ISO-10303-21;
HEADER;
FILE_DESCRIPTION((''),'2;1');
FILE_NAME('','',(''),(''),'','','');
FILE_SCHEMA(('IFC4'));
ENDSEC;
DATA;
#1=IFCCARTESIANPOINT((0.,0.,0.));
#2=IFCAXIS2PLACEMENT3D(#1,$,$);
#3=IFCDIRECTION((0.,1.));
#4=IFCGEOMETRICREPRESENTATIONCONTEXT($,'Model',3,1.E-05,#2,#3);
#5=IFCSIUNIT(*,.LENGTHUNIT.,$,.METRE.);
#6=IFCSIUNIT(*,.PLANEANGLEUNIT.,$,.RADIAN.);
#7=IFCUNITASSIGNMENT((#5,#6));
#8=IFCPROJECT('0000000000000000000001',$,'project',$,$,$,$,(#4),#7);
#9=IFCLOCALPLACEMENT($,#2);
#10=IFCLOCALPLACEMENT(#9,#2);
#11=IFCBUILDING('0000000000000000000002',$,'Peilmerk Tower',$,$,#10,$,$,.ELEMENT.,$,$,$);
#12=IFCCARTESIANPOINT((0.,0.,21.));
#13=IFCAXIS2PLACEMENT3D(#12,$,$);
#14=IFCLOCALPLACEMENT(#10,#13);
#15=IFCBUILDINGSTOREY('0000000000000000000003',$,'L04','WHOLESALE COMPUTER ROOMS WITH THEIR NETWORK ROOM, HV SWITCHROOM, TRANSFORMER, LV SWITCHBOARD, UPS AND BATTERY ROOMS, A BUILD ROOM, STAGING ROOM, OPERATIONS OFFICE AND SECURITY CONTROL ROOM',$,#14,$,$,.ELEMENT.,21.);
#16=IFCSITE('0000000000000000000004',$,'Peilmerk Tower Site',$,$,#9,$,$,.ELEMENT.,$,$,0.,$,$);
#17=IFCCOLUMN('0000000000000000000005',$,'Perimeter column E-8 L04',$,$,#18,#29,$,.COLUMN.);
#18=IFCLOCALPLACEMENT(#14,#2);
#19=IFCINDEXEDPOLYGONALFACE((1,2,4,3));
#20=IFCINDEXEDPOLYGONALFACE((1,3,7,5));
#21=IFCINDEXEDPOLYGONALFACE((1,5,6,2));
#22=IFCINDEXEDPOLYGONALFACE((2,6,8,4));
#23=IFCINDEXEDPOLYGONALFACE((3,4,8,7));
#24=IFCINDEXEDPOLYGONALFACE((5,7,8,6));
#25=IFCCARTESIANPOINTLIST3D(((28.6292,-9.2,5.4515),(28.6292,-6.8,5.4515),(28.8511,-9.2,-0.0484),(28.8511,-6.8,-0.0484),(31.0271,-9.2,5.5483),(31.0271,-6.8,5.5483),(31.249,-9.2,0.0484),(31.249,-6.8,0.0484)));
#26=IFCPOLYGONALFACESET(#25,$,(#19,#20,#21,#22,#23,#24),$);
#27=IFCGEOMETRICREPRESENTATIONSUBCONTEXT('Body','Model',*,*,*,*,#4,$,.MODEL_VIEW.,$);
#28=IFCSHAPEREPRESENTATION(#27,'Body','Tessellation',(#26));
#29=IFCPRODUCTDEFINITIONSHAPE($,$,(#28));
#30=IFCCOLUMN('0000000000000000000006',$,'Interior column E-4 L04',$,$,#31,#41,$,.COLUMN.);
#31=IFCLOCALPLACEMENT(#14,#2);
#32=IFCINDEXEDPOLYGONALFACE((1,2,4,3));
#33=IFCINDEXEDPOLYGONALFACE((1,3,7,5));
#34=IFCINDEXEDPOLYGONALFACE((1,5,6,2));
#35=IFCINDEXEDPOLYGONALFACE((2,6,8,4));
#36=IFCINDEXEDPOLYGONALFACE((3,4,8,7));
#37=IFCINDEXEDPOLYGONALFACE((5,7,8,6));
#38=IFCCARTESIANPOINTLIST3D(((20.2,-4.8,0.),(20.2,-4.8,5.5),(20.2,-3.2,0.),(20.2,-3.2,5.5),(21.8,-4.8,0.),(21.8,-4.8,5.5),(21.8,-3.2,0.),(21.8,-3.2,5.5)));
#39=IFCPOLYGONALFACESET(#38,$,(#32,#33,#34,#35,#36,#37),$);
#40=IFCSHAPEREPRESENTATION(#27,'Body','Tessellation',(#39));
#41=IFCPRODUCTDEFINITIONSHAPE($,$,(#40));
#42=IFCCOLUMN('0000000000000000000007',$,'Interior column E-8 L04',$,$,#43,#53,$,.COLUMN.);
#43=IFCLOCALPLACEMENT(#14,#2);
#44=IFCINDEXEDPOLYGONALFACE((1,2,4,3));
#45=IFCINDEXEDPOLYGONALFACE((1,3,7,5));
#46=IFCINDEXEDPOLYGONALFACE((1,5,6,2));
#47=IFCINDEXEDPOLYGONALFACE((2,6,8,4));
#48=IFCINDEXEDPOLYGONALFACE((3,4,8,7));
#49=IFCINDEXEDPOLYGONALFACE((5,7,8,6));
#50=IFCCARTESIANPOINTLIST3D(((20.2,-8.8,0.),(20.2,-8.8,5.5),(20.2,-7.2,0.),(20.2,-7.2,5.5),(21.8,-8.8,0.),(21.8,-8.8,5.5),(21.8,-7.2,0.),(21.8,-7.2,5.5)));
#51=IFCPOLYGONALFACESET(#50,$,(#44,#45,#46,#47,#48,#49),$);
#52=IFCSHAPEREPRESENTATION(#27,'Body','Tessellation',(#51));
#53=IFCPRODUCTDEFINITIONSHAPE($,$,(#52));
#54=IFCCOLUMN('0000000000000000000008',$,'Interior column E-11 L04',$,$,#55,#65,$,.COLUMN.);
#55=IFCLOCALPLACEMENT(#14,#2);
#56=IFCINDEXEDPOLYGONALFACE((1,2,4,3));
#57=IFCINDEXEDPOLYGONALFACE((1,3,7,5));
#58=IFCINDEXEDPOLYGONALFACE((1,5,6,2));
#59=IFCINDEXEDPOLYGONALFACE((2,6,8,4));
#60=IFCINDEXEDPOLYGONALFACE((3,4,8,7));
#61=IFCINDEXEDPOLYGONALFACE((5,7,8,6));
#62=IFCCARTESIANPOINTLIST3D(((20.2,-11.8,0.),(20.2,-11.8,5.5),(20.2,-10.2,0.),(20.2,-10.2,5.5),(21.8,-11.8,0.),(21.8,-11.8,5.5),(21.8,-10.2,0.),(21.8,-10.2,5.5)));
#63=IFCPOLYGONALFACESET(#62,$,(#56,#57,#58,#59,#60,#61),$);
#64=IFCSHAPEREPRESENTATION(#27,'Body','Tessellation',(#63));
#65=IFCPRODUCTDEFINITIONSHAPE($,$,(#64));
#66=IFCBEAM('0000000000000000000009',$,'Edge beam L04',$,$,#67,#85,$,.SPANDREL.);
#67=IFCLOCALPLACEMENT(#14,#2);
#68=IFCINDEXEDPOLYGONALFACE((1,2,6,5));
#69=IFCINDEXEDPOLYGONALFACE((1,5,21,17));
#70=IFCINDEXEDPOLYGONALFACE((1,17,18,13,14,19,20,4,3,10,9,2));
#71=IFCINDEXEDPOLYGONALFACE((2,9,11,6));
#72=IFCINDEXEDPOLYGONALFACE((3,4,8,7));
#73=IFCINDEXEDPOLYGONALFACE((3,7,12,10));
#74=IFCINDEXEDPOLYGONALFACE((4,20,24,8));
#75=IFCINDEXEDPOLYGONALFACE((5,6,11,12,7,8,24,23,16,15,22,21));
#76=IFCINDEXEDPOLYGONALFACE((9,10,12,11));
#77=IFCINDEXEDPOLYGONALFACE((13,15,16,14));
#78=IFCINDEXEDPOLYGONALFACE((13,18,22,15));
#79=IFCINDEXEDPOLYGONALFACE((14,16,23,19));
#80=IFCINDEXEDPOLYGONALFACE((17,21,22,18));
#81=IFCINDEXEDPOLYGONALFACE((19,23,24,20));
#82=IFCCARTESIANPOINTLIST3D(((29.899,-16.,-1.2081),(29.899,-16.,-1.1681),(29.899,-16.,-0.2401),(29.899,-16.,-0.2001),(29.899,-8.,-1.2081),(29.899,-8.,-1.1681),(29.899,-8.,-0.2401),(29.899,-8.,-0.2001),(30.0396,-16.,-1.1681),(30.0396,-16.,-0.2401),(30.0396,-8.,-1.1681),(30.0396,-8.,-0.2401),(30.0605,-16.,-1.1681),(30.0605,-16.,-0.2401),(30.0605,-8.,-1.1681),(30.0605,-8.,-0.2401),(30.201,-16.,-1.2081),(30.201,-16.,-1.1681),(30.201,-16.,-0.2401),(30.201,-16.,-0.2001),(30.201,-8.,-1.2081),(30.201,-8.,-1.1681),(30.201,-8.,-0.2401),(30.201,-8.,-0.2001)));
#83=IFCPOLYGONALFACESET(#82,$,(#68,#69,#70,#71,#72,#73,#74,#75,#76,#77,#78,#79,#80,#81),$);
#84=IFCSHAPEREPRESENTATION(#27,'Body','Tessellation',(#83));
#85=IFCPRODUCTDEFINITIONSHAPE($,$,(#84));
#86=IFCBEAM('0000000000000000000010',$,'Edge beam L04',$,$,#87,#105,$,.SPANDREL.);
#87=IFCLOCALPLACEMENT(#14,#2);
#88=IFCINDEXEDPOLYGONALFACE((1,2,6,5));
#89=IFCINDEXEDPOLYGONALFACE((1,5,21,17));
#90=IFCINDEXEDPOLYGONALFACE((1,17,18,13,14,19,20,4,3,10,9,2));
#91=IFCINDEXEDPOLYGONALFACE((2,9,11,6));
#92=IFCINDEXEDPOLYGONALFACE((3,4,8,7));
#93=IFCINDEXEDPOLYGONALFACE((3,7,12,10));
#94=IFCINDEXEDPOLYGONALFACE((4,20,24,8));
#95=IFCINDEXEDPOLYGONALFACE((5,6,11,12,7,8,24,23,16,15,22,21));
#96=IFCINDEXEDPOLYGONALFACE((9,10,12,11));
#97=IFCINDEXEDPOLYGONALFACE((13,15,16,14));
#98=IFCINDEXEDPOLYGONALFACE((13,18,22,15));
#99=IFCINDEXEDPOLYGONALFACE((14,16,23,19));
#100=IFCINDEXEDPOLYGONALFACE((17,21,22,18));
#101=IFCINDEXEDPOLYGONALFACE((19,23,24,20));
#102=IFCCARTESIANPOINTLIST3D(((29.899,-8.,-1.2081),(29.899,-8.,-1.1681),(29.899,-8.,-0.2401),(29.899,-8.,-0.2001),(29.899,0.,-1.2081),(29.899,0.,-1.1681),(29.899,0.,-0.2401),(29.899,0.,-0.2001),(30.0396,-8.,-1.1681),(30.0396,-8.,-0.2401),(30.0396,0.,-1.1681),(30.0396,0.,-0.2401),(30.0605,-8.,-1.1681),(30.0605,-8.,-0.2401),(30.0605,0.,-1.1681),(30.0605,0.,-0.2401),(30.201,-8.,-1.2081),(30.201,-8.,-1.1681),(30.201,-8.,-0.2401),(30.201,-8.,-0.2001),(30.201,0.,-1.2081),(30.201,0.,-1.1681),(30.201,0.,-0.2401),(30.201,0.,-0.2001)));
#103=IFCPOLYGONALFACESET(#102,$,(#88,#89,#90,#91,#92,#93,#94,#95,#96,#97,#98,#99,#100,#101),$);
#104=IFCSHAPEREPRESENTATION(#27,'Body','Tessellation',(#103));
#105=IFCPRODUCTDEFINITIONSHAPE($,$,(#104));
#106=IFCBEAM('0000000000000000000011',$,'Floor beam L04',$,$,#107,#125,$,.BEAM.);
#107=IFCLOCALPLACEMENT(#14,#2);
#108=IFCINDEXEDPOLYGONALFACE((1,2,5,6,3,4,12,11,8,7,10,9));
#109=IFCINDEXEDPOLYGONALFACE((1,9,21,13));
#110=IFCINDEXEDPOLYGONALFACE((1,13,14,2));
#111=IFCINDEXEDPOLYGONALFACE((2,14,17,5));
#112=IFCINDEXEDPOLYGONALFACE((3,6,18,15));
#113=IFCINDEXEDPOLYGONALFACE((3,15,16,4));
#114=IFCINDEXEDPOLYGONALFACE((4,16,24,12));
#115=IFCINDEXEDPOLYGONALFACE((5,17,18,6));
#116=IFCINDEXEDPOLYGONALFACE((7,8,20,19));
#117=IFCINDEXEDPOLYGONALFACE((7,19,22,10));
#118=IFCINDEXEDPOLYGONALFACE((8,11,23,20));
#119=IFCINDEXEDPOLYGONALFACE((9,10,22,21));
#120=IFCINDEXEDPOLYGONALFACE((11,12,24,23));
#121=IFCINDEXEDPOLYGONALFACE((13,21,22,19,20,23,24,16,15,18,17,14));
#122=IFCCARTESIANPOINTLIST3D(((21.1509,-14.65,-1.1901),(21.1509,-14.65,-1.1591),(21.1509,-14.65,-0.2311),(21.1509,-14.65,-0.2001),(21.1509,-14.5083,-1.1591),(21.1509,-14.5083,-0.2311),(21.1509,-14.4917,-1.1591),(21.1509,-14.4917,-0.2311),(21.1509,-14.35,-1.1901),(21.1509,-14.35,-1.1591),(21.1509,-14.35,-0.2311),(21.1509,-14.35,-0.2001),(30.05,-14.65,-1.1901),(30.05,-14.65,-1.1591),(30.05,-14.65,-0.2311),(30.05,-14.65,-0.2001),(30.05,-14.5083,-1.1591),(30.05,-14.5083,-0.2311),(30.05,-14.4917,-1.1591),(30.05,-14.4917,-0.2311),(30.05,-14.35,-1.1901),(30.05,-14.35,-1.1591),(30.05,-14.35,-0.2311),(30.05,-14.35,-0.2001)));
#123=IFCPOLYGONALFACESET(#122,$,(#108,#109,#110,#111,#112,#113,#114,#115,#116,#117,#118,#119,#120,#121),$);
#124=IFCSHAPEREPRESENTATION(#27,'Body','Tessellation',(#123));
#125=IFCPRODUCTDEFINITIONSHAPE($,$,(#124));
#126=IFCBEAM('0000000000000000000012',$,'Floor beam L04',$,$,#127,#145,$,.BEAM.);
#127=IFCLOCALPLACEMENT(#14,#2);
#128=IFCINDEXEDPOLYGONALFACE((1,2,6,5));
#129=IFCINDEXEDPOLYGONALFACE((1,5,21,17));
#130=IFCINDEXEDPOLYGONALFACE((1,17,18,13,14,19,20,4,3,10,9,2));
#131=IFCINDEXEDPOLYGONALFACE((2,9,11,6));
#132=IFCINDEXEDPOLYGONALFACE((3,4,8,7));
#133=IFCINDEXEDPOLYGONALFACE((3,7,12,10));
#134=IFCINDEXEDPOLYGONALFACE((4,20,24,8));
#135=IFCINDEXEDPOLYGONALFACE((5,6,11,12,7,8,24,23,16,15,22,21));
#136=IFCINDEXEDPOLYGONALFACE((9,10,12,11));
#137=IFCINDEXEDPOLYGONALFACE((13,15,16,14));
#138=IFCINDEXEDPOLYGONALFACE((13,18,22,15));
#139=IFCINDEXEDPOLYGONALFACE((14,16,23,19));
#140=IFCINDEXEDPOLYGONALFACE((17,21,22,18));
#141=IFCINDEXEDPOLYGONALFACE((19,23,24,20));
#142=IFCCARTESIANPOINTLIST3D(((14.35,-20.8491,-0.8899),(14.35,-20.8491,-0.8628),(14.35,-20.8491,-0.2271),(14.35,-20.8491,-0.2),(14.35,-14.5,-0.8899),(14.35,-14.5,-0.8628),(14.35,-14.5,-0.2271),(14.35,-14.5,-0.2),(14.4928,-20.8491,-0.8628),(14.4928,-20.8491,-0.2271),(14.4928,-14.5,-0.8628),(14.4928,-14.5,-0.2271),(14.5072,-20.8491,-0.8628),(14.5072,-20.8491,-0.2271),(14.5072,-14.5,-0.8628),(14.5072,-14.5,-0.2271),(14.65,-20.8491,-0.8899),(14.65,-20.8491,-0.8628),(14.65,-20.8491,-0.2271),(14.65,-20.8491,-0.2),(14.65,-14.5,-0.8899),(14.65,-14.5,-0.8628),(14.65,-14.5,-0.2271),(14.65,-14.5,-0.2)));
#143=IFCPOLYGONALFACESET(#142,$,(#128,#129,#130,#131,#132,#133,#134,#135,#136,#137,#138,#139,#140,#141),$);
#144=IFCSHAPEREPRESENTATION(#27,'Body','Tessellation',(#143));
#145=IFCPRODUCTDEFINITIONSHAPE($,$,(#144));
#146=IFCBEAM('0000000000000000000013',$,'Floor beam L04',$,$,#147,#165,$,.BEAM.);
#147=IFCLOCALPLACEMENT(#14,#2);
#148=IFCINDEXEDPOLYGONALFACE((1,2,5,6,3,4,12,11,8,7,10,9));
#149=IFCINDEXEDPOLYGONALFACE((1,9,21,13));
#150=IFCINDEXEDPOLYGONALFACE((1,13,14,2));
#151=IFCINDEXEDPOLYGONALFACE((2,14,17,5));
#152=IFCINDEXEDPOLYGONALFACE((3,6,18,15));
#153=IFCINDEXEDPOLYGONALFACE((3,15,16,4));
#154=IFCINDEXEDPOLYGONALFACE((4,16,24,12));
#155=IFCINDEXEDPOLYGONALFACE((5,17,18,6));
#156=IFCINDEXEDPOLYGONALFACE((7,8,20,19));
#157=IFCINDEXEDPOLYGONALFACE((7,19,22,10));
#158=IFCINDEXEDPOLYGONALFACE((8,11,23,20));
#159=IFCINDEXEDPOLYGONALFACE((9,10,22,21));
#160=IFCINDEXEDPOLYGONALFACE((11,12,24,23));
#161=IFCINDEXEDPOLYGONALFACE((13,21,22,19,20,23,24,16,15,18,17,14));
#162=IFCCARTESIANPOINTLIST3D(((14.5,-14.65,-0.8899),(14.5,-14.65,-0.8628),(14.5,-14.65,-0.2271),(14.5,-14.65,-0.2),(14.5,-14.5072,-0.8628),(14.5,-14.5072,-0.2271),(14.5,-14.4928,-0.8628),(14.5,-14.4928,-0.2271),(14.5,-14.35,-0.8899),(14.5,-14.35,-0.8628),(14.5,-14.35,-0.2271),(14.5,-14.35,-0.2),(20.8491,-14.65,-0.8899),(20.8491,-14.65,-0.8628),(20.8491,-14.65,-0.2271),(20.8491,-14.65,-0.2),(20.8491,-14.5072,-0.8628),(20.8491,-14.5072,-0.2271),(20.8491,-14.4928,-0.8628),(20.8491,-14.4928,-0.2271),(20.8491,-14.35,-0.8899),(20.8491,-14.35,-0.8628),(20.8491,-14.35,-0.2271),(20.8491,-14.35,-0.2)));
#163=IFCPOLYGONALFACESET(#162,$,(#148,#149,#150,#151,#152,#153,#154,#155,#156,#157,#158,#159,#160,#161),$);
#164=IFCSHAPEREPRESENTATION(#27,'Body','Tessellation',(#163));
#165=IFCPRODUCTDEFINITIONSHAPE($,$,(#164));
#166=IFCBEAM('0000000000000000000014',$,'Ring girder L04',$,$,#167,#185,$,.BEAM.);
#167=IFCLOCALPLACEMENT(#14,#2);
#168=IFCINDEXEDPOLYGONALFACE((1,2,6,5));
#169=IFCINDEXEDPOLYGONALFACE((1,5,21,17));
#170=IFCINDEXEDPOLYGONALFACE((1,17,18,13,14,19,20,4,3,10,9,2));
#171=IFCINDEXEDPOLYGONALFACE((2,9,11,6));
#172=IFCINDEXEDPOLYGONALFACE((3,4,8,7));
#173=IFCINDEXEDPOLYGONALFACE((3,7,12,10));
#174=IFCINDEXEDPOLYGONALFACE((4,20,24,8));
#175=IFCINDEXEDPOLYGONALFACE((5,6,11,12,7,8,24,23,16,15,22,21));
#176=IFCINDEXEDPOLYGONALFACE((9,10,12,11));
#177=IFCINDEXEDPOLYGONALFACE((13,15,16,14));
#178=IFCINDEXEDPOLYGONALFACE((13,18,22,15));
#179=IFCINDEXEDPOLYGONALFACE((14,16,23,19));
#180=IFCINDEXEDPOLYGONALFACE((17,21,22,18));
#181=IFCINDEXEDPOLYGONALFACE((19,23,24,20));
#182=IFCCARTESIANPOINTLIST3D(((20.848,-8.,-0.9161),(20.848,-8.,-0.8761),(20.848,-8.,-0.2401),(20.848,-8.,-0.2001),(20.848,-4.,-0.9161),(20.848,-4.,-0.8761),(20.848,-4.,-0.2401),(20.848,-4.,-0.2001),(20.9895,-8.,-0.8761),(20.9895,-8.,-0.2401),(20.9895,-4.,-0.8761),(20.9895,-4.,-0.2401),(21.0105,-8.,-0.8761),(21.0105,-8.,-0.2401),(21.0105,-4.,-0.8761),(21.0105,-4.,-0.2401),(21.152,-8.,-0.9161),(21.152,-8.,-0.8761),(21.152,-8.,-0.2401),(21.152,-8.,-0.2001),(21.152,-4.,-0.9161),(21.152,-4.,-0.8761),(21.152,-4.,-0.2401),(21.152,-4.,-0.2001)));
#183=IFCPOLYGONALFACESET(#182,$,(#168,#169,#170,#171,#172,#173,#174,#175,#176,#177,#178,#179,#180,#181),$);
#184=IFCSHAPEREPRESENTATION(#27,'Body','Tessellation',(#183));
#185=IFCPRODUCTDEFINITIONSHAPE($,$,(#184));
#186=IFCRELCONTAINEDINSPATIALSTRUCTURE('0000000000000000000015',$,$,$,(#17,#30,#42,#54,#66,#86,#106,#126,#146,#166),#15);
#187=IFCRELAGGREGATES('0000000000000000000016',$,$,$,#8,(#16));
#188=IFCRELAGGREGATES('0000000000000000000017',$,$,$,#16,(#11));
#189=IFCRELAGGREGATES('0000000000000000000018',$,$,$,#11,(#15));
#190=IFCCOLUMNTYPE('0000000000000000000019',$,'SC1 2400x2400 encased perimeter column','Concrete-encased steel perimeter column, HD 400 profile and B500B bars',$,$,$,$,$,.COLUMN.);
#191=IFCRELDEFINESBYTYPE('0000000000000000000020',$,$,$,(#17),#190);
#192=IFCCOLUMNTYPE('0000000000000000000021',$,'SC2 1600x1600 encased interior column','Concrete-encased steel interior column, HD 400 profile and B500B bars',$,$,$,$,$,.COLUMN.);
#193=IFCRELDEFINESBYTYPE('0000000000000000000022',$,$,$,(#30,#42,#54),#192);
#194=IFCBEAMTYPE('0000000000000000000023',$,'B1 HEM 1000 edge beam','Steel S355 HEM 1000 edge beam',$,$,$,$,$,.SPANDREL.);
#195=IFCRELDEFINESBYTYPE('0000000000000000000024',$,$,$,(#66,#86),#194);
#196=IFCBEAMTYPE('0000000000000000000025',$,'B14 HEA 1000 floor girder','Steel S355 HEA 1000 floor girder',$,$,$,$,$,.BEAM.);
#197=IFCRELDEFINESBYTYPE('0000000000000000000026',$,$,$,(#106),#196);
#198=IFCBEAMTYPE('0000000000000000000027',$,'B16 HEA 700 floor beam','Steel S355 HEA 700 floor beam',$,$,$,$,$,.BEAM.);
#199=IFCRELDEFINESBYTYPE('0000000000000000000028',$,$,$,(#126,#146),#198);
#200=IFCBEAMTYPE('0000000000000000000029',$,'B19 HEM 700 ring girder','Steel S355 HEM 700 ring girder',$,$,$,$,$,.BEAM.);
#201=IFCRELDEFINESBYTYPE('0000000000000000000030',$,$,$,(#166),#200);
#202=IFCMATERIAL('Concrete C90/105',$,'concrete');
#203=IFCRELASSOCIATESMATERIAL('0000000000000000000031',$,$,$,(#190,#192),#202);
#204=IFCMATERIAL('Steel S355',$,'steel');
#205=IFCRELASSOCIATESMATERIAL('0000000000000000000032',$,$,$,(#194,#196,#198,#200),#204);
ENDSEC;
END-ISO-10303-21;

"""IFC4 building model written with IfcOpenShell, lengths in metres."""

from ifc_helpers import new_model, si_unit, direction, frame, origin, origin_2d, place, context, subcontext, project, spatial, rectangle, i_section, extrude, material, material_profile, profile_set, type_object, element, save


model = new_model("IFC4")

# Units and contexts
model_context = context("Model", 3, precision=1e-05, world=origin(), true_north=direction((0.0, 1.0)))
body_context = subcontext(model_context, "Body", "Model", "MODEL_VIEW")
ifc_project = project(units=[si_unit("LENGTHUNIT", "METRE"), si_unit("PLANEANGLEUNIT", "RADIAN")], contexts=[model_context])

# Site, building, storey
site_placement = place(None, origin())
site = spatial("IfcSite", under=ifc_project, at=site_placement, Name="Peilmerk Tower Site", CompositionType="ELEMENT", RefElevation=0.0)
building_placement = place(site_placement, origin())
building = spatial("IfcBuilding", under=site, at=building_placement, Name="Peilmerk Tower", CompositionType="ELEMENT")
storey_placement = place(building_placement, frame((0.0, 0.0, 21.0)))
storey = spatial("IfcBuildingStorey", under=building, at=storey_placement, Name="L04", Description="WHOLESALE COMPUTER ROOMS WITH THEIR NETWORK ROOM, HV SWITCHROOM, TRANSFORMER, LV SWITCHBOARD, UPS AND BATTERY ROOMS, A BUILD ROOM, STAGING ROOM, OPERATIONS OFFICE AND SECURITY CONTROL ROOM", CompositionType="ELEMENT", Elevation=21.0)

# Columns
ifc_material_1 = material(Name="Concrete C90/105", Category="concrete")
ifc_material_profile_1 = material_profile(ifc_material_1, rectangle(XDim=2.3999, YDim=2.3999, at=origin_2d()), Name="RC 2400x2400")
ifc_profile_set_1 = profile_set([ifc_material_profile_1], Name="Concrete C90/105")
column_type_1 = type_object("IfcColumnType", Name="SC1 2400x2400 encased perimeter column", Description="Concrete-encased steel perimeter column, HD 400 profile and B500B bars", PredefinedType="COLUMN", material=ifc_profile_set_1)
column_placement = place(storey_placement, frame((30.05, -8.0, 0.0), z_axis=(-0.040317, 0.0, 0.999187), x_axis=(0.0, -1.0, 0.0)))
element("IfcColumn", 1, at=column_placement, inside=storey, type_object=column_type_1, Name="Perimeter column E-8 L04", PredefinedType="COLUMN", context=body_context, shape_type="SweptSolid", body=[
    extrude(rectangle(XDim=2.3999, YDim=2.3999, at=origin_2d()), origin(), (0.0, 0.0, 1.0), 5.5044),
])
ifc_material_profile_2 = material_profile(ifc_material_1, rectangle(XDim=1.6001, YDim=1.6001, at=origin_2d()), Name="RC 1600x1600")
ifc_profile_set_2 = profile_set([ifc_material_profile_2], Name="Concrete C90/105")
column_type_2 = type_object("IfcColumnType", Name="SC2 1600x1600 encased interior column", Description="Concrete-encased steel interior column, HD 400 profile and B500B bars", PredefinedType="COLUMN", material=ifc_profile_set_2)
for number, where, z_axis, x_axis, name in (
    (2, (21.0, -4.0, 0.0), (0.0, 0.0, 1.0), (1.0, 0.0, 0.0), "Interior column E-4 L04"),
    (3, (21.0, -8.0, 0.0), (0.0, 0.0, 1.0), (1.0, 0.0, 0.0), "Interior column E-8 L04"),
    (4, (21.0, -11.0, 0.0), (0.0, 0.0, 1.0), (1.0, 0.0, 0.0), "Interior column E-11 L04"),
):
    element("IfcColumn", number, at=place(storey_placement, frame(where, z_axis=z_axis, x_axis=x_axis)), inside=storey, type_object=column_type_2, Name=name, PredefinedType="COLUMN", context=body_context, shape_type="SweptSolid", body=[
        extrude(rectangle(XDim=1.6001, YDim=1.6001, at=origin_2d()), origin(), (0.0, 0.0, 1.0), 5.5),
    ])

# Beams
ifc_material_2 = material(Name="Steel S355", Category="steel")
ifc_material_profile_3 = material_profile(ifc_material_2, i_section(OverallWidth=0.302, OverallDepth=1.0081, WebThickness=0.021, FlangeThickness=0.04, at=origin_2d()), Name="HEM 1000")
ifc_profile_set_3 = profile_set([ifc_material_profile_3], Name="Steel S355")
beam_type_1 = type_object("IfcBeamType", Name="B1 HEM 1000 edge beam", Description="Steel S355 HEM 1000 edge beam", PredefinedType="SPANDREL", material=ifc_profile_set_3)
for number, where, z_axis, x_axis, name in (
    (5, (30.05, -16.0, -0.7041), (0.0, 1.0, 0.0), (-1.0, 0.0, 0.0), "Edge beam L04"),
    (6, (30.05, -8.0, -0.7041), (0.0, 1.0, 0.0), (-1.0, 0.0, 0.0), "Edge beam L04"),
):
    element("IfcBeam", number, at=place(storey_placement, frame(where, z_axis=z_axis, x_axis=x_axis)), inside=storey, type_object=beam_type_1, Name=name, PredefinedType="SPANDREL", context=body_context, shape_type="SweptSolid", body=[
        extrude(i_section(OverallWidth=0.302, OverallDepth=1.0081, WebThickness=0.021, FlangeThickness=0.04, at=origin_2d()), origin(), (0.0, 0.0, 1.0), 8.0),
    ])
ifc_material_profile_4 = material_profile(ifc_material_2, i_section(OverallWidth=0.3, OverallDepth=0.99, WebThickness=0.0166, FlangeThickness=0.031, at=origin_2d()), Name="HEA 1000")
ifc_profile_set_4 = profile_set([ifc_material_profile_4], Name="Steel S355")
beam_type_2 = type_object("IfcBeamType", Name="B14 HEA 1000 floor girder", Description="Steel S355 HEA 1000 floor girder", PredefinedType="BEAM", material=ifc_profile_set_4)
beam_1_placement = place(storey_placement, frame((21.1509, -14.5, -0.6951), z_axis=(1.0, 0.0, 0.0), x_axis=(0.0, 1.0, 0.0)))
element("IfcBeam", 7, at=beam_1_placement, inside=storey, type_object=beam_type_2, Name="Floor beam L04", PredefinedType="BEAM", context=body_context, shape_type="SweptSolid", body=[
    extrude(i_section(OverallWidth=0.3, OverallDepth=0.99, WebThickness=0.0166, FlangeThickness=0.031, at=origin_2d()), origin(), (0.0, 0.0, 1.0), 8.8992),
])
ifc_material_profile_5 = material_profile(ifc_material_2, i_section(OverallWidth=0.3, OverallDepth=0.6899, WebThickness=0.0144, FlangeThickness=0.0271, at=origin_2d()), Name="HEA 700")
ifc_profile_set_5 = profile_set([ifc_material_profile_5], Name="Steel S355")
beam_type_3 = type_object("IfcBeamType", Name="B16 HEA 700 floor beam", Description="Steel S355 HEA 700 floor beam", PredefinedType="BEAM", material=ifc_profile_set_5)
for number, where, z_axis, x_axis, name in (
    (8, (14.5, -14.5, -0.5449), (0.0, -1.0, 0.0), (1.0, 0.0, 0.0), "Floor beam L04"),
    (9, (14.5, -14.5, -0.5449), (1.0, 0.0, 0.0), (0.0, 1.0, 0.0), "Floor beam L04"),
):
    element("IfcBeam", number, at=place(storey_placement, frame(where, z_axis=z_axis, x_axis=x_axis)), inside=storey, type_object=beam_type_3, Name=name, PredefinedType="BEAM", context=body_context, shape_type="SweptSolid", body=[
        extrude(i_section(OverallWidth=0.3, OverallDepth=0.6899, WebThickness=0.0144, FlangeThickness=0.0271, at=origin_2d()), origin(), (0.0, 0.0, 1.0), 6.3491),
    ])
ifc_material_profile_6 = material_profile(ifc_material_2, i_section(OverallWidth=0.304, OverallDepth=0.7161, WebThickness=0.021, FlangeThickness=0.04, at=origin_2d()), Name="HEM 700")
ifc_profile_set_6 = profile_set([ifc_material_profile_6], Name="Steel S355")
beam_type_4 = type_object("IfcBeamType", Name="B19 HEM 700 ring girder", Description="Steel S355 HEM 700 ring girder", PredefinedType="BEAM", material=ifc_profile_set_6)
for number, where, z_axis, x_axis, name in (
    (10, (21.0, -8.0, -0.5581), (0.0, 1.0, 0.0), (-1.0, 0.0, 0.0), "Ring girder L04"),
):
    element("IfcBeam", number, at=place(storey_placement, frame(where, z_axis=z_axis, x_axis=x_axis)), inside=storey, type_object=beam_type_4, Name=name, PredefinedType="BEAM", context=body_context, shape_type="SweptSolid", body=[
        extrude(i_section(OverallWidth=0.304, OverallDepth=0.7161, WebThickness=0.021, FlangeThickness=0.04, at=origin_2d()), origin(), (0.0, 0.0, 1.0), 4.0),
    ])

save(model, "model.ifc")
